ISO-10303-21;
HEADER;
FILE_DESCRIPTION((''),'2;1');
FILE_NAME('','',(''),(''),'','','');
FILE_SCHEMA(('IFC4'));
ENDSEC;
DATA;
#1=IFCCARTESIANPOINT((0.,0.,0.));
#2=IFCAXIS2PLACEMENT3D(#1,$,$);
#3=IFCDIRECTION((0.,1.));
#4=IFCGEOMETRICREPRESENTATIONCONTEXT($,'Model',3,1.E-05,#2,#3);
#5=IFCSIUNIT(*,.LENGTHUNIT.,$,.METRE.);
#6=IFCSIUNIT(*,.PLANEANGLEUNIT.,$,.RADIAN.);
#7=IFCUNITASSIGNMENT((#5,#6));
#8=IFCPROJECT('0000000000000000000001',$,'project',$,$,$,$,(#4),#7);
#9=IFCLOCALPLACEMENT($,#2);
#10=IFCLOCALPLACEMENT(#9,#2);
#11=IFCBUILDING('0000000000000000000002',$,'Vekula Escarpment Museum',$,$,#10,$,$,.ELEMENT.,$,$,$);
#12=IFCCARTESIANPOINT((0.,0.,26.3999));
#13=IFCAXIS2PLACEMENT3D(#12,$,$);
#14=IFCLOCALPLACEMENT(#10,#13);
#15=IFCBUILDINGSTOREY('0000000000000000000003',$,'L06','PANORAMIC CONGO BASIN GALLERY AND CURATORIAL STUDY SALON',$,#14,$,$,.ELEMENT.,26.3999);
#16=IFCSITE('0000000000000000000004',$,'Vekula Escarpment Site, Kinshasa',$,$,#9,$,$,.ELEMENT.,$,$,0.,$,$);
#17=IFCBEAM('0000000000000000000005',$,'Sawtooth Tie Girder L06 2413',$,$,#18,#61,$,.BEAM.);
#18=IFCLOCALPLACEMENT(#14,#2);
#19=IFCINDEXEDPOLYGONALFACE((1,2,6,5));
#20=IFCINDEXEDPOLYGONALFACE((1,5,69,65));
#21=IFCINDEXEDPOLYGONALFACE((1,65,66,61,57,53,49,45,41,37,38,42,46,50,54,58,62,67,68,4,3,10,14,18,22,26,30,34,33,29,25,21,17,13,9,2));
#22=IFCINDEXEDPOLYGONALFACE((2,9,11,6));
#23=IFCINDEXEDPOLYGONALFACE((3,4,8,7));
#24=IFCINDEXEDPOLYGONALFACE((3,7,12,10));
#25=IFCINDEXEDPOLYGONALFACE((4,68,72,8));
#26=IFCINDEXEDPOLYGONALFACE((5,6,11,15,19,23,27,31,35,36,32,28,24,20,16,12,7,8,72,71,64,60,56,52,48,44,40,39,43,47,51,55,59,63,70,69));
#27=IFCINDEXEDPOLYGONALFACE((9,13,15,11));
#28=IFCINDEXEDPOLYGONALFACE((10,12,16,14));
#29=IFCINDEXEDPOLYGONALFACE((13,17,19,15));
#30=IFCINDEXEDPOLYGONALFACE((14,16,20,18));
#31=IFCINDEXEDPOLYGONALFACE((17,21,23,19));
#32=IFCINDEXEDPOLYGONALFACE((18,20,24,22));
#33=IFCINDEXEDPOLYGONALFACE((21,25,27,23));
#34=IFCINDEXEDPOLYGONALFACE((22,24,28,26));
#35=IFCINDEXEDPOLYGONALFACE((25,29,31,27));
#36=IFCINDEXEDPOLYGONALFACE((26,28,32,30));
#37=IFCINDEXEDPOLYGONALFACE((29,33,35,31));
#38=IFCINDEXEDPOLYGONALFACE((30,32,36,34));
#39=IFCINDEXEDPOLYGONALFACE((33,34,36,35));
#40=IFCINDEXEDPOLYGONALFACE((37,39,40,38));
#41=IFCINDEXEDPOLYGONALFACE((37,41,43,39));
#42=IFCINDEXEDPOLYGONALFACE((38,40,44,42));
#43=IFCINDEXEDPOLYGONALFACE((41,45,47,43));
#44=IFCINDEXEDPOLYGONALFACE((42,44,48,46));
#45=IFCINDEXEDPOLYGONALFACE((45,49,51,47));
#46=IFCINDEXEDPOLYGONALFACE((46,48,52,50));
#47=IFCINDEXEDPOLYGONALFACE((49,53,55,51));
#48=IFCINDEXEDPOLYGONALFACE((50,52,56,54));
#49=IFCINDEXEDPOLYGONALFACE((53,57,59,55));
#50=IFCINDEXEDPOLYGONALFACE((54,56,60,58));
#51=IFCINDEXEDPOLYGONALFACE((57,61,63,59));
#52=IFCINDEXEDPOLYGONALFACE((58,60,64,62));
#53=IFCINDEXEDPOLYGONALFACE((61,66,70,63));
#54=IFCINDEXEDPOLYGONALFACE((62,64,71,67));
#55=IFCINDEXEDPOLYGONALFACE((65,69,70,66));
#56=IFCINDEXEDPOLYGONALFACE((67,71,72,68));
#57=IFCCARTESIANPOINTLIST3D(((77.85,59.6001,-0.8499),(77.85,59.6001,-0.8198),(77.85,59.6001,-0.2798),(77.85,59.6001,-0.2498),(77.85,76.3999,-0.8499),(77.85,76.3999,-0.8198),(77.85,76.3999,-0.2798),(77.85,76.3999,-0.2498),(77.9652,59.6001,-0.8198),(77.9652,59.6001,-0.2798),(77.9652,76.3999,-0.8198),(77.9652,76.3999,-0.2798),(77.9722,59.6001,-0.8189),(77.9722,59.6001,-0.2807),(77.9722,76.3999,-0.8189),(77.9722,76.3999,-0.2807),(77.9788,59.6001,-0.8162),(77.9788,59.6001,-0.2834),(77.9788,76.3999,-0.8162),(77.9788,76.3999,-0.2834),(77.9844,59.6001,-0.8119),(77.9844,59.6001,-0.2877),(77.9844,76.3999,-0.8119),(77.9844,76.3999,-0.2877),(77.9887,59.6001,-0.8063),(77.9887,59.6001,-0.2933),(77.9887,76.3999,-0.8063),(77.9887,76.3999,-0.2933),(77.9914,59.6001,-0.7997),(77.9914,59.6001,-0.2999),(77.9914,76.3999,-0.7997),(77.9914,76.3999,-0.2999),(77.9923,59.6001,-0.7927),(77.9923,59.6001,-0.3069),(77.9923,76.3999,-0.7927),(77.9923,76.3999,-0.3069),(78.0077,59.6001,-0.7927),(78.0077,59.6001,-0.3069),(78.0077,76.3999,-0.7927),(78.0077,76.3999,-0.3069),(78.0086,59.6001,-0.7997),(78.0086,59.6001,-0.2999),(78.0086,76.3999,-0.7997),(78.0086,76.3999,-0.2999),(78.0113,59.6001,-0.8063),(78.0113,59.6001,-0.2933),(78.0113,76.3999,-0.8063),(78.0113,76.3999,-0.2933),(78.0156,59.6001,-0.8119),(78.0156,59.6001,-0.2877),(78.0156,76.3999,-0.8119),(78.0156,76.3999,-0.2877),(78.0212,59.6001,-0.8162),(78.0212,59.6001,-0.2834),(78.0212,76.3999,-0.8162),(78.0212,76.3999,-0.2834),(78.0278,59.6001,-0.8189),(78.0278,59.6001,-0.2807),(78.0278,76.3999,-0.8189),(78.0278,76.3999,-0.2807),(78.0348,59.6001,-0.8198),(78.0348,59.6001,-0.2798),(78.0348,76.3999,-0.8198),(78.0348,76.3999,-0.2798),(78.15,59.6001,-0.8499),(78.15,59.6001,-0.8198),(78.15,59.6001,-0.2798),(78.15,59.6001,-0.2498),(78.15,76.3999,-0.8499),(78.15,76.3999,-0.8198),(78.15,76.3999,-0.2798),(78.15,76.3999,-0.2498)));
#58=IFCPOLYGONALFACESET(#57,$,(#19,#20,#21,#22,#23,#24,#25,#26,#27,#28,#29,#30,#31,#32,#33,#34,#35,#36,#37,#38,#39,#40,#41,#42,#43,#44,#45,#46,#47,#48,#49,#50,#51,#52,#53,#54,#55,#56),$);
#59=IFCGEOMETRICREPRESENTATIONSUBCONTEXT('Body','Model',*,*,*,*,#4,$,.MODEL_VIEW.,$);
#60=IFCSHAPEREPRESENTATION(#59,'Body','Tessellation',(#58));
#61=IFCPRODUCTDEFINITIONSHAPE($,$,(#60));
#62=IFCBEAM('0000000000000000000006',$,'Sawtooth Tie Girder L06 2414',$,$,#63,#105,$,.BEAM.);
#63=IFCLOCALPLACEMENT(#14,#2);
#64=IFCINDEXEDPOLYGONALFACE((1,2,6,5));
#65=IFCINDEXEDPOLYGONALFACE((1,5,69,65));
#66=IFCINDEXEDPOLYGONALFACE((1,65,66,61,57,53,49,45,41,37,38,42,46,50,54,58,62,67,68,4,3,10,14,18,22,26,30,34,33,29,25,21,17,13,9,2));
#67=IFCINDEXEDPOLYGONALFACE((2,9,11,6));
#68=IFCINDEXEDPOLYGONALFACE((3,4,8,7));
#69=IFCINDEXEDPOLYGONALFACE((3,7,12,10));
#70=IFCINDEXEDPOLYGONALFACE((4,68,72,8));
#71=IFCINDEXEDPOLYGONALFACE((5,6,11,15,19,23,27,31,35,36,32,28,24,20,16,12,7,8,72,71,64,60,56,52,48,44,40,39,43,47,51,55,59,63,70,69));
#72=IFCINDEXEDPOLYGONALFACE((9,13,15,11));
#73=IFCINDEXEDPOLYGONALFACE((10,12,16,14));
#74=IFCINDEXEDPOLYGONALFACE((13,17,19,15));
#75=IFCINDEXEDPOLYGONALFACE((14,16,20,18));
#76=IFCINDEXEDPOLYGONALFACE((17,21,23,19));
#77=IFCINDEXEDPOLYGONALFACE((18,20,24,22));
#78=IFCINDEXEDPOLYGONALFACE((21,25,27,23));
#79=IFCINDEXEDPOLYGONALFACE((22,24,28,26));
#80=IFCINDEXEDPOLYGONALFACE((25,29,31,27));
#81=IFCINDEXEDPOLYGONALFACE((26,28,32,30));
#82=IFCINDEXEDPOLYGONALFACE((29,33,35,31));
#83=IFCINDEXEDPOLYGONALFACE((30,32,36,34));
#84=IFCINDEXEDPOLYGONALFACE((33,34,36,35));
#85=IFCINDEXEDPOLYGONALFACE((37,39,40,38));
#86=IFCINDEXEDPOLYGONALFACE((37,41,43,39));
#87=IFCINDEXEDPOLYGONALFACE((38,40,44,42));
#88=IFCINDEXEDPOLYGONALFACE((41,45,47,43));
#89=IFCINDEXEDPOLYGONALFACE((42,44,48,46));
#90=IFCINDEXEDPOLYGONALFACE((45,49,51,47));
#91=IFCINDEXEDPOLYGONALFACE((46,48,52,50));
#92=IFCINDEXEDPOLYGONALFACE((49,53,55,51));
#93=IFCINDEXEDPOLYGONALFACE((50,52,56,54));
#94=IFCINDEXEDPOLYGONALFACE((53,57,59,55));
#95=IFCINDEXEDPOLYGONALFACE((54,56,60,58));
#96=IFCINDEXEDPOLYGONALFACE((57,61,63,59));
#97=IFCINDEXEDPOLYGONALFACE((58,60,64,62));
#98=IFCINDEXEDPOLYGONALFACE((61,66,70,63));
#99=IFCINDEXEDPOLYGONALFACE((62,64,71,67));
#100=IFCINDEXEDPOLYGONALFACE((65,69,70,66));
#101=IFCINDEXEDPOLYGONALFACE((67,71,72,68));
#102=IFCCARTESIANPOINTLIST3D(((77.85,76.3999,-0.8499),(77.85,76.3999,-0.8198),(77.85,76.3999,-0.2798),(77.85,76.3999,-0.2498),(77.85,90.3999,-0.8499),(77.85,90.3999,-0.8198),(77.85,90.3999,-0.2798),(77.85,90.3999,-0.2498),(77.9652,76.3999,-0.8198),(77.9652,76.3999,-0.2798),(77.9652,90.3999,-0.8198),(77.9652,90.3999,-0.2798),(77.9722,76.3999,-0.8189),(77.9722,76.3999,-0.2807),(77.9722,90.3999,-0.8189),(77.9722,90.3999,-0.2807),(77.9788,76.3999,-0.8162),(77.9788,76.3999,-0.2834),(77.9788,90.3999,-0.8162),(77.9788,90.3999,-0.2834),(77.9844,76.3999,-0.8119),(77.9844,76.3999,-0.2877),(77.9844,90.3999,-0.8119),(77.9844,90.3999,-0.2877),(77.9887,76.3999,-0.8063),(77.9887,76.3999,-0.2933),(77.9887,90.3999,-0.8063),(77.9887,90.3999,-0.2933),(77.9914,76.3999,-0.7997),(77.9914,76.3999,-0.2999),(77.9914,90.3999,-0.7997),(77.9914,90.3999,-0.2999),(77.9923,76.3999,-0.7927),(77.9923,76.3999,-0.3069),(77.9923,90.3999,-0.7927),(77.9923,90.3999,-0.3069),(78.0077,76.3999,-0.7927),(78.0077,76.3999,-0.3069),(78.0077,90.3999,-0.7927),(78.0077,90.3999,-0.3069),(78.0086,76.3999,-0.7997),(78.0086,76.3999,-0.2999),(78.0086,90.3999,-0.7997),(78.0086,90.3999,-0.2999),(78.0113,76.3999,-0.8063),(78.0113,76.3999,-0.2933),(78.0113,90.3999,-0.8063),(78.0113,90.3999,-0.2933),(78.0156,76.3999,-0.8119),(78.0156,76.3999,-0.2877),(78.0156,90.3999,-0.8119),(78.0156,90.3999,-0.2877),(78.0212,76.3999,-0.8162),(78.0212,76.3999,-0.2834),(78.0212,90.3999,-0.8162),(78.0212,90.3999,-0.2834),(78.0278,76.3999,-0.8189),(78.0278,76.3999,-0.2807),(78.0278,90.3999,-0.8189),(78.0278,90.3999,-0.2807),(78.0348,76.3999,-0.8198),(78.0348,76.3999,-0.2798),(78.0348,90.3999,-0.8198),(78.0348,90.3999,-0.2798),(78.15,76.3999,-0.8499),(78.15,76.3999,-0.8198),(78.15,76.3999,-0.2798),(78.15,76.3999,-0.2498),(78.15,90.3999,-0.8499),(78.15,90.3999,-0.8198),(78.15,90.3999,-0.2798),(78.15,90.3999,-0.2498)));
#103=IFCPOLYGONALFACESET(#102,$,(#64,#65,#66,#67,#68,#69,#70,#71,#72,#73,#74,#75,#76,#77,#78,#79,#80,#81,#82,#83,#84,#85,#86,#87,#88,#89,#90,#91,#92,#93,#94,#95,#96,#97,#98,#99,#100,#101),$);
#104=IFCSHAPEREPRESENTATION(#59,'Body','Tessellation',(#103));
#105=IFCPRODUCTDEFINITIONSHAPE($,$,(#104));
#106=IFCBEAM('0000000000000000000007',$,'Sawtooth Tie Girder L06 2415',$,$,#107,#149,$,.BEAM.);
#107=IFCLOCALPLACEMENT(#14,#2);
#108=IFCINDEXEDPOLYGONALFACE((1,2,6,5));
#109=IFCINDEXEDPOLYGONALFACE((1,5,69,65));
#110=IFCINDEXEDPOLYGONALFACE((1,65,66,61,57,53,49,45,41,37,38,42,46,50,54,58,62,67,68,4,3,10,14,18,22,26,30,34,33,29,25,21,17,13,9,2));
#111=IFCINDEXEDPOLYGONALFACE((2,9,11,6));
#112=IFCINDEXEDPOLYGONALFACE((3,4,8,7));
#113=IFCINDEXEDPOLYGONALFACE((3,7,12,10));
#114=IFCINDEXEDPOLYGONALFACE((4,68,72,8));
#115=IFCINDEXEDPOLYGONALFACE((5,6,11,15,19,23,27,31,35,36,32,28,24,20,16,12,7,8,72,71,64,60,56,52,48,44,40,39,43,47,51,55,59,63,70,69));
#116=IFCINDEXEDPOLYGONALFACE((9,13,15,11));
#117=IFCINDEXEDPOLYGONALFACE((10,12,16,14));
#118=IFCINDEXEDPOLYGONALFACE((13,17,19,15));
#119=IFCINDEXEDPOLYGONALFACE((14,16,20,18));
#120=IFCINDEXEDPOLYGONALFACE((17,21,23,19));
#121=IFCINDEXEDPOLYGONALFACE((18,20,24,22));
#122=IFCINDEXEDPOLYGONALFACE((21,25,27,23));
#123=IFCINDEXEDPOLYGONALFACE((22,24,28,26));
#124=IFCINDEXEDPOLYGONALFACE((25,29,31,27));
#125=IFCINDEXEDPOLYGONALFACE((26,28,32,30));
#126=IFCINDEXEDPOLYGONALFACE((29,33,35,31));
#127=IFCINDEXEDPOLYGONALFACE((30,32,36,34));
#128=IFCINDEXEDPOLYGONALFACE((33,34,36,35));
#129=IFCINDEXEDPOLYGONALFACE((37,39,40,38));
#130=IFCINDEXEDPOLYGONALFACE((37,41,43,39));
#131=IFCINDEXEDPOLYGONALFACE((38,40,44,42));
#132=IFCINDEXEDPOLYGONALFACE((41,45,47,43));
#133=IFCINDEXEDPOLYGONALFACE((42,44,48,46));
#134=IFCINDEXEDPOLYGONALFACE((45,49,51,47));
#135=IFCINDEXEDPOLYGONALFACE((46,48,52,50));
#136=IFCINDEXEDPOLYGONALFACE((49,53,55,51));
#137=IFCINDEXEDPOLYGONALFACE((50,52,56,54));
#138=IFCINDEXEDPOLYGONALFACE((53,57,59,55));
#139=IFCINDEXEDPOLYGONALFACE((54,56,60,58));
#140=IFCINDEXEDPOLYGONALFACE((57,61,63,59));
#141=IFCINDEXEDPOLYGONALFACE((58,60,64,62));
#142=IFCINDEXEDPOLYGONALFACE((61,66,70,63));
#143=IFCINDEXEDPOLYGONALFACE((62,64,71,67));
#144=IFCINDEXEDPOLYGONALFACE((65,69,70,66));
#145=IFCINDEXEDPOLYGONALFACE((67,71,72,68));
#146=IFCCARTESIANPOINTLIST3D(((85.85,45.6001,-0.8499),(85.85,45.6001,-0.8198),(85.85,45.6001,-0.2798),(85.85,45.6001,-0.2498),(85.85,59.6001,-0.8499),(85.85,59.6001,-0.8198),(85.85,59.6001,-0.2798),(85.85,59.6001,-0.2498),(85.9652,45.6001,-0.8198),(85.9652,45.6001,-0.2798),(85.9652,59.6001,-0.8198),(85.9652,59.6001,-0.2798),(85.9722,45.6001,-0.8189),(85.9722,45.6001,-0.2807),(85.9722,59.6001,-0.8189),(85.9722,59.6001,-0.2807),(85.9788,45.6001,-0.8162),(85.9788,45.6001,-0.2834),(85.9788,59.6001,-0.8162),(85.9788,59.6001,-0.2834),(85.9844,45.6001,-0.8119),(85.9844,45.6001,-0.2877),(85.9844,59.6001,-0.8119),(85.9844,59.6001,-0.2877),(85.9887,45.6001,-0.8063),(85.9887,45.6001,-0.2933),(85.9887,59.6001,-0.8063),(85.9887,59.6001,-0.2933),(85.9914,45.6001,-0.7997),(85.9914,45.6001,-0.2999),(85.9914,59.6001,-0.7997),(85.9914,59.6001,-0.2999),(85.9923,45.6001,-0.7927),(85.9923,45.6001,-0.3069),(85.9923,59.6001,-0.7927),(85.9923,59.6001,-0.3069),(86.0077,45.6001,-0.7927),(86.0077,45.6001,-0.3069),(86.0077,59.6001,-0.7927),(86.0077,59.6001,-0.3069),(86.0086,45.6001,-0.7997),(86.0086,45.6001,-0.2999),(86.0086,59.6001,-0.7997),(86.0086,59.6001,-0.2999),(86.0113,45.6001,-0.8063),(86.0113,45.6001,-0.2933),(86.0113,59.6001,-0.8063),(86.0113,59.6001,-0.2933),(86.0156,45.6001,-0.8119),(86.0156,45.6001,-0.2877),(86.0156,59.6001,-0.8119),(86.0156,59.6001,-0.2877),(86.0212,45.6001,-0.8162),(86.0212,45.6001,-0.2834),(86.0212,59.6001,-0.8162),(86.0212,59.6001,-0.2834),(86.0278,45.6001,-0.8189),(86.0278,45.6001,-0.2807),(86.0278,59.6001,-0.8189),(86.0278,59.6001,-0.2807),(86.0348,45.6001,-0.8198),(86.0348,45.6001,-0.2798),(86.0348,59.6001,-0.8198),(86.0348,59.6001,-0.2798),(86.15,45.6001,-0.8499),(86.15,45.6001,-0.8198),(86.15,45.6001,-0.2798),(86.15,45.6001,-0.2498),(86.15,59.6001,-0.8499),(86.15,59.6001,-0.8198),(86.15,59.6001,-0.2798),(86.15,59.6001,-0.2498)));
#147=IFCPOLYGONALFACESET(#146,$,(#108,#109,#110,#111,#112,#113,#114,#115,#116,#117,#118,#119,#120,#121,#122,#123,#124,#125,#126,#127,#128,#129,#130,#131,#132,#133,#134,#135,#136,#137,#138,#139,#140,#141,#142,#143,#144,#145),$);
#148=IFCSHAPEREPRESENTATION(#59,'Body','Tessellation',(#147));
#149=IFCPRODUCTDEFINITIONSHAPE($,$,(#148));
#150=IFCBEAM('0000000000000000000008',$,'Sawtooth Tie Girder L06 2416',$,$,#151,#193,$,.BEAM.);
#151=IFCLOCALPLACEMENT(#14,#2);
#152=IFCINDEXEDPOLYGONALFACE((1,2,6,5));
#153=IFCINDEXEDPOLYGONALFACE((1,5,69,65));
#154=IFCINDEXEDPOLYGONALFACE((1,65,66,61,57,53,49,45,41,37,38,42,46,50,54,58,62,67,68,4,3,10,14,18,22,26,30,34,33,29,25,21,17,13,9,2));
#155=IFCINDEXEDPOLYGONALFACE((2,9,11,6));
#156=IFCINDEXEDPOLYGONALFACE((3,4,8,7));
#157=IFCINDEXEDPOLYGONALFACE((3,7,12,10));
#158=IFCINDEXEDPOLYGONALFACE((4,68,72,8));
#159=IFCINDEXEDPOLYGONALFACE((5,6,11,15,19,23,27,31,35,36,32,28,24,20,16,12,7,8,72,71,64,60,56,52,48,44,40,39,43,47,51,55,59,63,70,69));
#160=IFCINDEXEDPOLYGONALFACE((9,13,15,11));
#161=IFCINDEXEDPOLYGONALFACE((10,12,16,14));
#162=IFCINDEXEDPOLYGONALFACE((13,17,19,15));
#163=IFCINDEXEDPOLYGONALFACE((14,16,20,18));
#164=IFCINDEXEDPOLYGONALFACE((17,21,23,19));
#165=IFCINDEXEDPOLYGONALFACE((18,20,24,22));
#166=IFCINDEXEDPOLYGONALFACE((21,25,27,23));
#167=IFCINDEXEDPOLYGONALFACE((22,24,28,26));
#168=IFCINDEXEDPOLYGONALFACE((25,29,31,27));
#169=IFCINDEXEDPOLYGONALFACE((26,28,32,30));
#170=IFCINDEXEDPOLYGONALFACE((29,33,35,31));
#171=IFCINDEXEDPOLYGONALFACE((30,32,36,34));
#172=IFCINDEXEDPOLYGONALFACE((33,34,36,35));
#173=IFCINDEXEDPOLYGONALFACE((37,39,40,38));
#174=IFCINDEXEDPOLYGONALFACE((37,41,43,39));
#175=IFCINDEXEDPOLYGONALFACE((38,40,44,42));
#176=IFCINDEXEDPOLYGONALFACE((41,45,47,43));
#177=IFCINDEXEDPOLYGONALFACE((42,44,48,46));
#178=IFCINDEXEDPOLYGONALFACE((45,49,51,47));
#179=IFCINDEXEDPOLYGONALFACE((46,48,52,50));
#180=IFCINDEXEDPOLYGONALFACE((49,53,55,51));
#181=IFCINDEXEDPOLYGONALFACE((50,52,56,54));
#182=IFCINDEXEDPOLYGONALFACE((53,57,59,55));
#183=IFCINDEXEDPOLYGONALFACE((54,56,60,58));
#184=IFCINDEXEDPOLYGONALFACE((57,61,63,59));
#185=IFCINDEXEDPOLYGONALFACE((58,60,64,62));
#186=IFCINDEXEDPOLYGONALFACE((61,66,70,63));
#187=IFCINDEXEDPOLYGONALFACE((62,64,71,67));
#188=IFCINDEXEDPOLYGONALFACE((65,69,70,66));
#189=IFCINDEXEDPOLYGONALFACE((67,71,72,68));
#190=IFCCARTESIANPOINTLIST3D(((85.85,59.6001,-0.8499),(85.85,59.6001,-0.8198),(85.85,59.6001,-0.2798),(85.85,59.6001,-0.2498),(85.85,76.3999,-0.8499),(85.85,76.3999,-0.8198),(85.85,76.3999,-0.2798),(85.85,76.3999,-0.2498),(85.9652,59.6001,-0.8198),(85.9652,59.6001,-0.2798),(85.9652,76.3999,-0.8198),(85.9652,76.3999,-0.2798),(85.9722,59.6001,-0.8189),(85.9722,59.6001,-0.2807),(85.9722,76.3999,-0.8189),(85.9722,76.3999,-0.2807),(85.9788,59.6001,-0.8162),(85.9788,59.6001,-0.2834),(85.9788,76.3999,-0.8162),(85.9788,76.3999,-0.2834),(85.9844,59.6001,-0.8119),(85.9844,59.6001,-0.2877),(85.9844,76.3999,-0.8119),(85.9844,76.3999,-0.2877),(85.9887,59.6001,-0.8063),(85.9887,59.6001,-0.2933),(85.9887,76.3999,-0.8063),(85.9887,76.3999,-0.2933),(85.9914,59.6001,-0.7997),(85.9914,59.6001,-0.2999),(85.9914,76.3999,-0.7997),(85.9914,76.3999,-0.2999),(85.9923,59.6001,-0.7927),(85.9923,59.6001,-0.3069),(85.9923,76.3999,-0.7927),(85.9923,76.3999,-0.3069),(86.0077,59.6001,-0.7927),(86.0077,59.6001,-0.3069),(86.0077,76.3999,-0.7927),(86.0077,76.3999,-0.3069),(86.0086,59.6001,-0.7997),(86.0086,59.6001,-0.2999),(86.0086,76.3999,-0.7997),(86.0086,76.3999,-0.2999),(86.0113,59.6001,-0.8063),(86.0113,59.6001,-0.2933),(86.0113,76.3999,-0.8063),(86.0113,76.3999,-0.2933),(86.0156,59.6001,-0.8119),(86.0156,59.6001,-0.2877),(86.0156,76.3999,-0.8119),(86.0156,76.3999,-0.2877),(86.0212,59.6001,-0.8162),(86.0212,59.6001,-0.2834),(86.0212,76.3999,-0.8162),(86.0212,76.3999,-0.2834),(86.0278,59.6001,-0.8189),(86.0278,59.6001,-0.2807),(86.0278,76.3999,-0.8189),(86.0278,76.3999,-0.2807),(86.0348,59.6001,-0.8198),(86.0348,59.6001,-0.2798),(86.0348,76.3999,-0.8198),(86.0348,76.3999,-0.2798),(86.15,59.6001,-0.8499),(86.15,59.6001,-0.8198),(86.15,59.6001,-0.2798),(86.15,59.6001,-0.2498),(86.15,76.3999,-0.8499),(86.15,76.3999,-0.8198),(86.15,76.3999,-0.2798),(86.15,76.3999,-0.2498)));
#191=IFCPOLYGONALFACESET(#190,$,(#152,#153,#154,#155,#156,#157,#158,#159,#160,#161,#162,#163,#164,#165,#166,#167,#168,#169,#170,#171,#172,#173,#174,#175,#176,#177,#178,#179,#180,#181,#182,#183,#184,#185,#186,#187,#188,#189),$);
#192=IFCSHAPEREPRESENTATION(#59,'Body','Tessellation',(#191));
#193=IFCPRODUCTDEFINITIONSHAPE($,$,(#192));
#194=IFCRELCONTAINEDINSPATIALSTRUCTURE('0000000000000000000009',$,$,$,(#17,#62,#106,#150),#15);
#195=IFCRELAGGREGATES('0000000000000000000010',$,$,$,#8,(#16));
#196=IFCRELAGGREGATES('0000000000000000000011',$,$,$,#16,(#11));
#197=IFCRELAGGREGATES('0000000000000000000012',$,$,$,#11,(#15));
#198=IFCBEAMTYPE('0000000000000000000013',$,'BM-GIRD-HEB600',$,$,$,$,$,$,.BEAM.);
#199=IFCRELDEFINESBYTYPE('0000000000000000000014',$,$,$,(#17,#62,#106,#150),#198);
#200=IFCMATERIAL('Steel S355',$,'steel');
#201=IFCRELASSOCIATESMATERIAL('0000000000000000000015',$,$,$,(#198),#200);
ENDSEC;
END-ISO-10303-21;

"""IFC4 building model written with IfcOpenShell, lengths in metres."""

from ifc_helpers import new_model, si_unit, direction, frame, origin, origin_2d, place, context, subcontext, project, spatial, i_section, extrude, material, material_profile, profile_set, type_object, element, save


model = new_model("IFC4")

# Units and contexts
model_context = context("Model", 3, precision=1e-05, world=origin(), true_north=direction((0.0, 1.0)))
body_context = subcontext(model_context, "Body", "Model", "MODEL_VIEW")
ifc_project = project(units=[si_unit("LENGTHUNIT", "METRE"), si_unit("PLANEANGLEUNIT", "RADIAN")], contexts=[model_context])

# Site, building, storey
site_placement = place(None, origin())
site = spatial("IfcSite", under=ifc_project, at=site_placement, Name="Vekula Escarpment Site, Kinshasa", CompositionType="ELEMENT", RefElevation=0.0)
building_placement = place(site_placement, origin())
building = spatial("IfcBuilding", under=site, at=building_placement, Name="Vekula Escarpment Museum", CompositionType="ELEMENT")
storey_placement = place(building_placement, frame((0.0, 0.0, 26.3999)))
storey = spatial("IfcBuildingStorey", under=building, at=storey_placement, Name="L06", Description="PANORAMIC CONGO BASIN GALLERY AND CURATORIAL STUDY SALON", CompositionType="ELEMENT", Elevation=26.3999)

# Beams
ifc_material_1 = material(Name="Steel S355", Category="steel")
ifc_material_profile_1 = material_profile(ifc_material_1, i_section(OverallWidth=0.3, OverallDepth=0.6001, WebThickness=0.0154, FlangeThickness=0.03, FilletRadius=0.0271, at=origin_2d()), Name="HEB 600")
ifc_profile_set_1 = profile_set([ifc_material_profile_1], Name="Steel S355")
beam_type = type_object("IfcBeamType", Name="BM-GIRD-HEB600", PredefinedType="BEAM", material=ifc_profile_set_1)
beam_1_placement = place(storey_placement, frame((78.0, 59.6001, -0.5498), z_axis=(0.0, 1.0, 0.0), x_axis=(-1.0, 0.0, 0.0)))
element("IfcBeam", 1, at=beam_1_placement, inside=storey, type_object=beam_type, Name="Sawtooth Tie Girder L06 2413", PredefinedType="BEAM", context=body_context, shape_type="SweptSolid", body=[
    extrude(i_section(OverallWidth=0.3, OverallDepth=0.6001, WebThickness=0.0154, FlangeThickness=0.03, FilletRadius=0.0271, at=origin_2d()), origin(), (0.0, 0.0, 1.0), 16.7998),
])
for number, where, z_axis, x_axis, name in (
    (2, (78.0, 76.3999, -0.5498), (0.0, 1.0, 0.0), (-1.0, 0.0, 0.0), "Sawtooth Tie Girder L06 2414"),
    (3, (86.0, 45.6001, -0.5498), (0.0, 1.0, 0.0), (-1.0, 0.0, 0.0), "Sawtooth Tie Girder L06 2415"),
):
    element("IfcBeam", number, at=place(storey_placement, frame(where, z_axis=z_axis, x_axis=x_axis)), inside=storey, type_object=beam_type, Name=name, PredefinedType="BEAM", context=body_context, shape_type="SweptSolid", body=[
        extrude(i_section(OverallWidth=0.3, OverallDepth=0.6001, WebThickness=0.0154, FlangeThickness=0.03, FilletRadius=0.0271, at=origin_2d()), origin(), (0.0, 0.0, 1.0), 14.0),
    ])
beam_2_placement = place(storey_placement, frame((86.0, 59.6001, -0.5498), z_axis=(0.0, 1.0, 0.0), x_axis=(-1.0, 0.0, 0.0)))
element("IfcBeam", 4, at=beam_2_placement, inside=storey, type_object=beam_type, Name="Sawtooth Tie Girder L06 2416", PredefinedType="BEAM", context=body_context, shape_type="SweptSolid", body=[
    extrude(i_section(OverallWidth=0.3, OverallDepth=0.6001, WebThickness=0.0154, FlangeThickness=0.03, FilletRadius=0.0271, at=origin_2d()), origin(), (0.0, 0.0, 1.0), 16.7998),
])

save(model, "model.ifc")
